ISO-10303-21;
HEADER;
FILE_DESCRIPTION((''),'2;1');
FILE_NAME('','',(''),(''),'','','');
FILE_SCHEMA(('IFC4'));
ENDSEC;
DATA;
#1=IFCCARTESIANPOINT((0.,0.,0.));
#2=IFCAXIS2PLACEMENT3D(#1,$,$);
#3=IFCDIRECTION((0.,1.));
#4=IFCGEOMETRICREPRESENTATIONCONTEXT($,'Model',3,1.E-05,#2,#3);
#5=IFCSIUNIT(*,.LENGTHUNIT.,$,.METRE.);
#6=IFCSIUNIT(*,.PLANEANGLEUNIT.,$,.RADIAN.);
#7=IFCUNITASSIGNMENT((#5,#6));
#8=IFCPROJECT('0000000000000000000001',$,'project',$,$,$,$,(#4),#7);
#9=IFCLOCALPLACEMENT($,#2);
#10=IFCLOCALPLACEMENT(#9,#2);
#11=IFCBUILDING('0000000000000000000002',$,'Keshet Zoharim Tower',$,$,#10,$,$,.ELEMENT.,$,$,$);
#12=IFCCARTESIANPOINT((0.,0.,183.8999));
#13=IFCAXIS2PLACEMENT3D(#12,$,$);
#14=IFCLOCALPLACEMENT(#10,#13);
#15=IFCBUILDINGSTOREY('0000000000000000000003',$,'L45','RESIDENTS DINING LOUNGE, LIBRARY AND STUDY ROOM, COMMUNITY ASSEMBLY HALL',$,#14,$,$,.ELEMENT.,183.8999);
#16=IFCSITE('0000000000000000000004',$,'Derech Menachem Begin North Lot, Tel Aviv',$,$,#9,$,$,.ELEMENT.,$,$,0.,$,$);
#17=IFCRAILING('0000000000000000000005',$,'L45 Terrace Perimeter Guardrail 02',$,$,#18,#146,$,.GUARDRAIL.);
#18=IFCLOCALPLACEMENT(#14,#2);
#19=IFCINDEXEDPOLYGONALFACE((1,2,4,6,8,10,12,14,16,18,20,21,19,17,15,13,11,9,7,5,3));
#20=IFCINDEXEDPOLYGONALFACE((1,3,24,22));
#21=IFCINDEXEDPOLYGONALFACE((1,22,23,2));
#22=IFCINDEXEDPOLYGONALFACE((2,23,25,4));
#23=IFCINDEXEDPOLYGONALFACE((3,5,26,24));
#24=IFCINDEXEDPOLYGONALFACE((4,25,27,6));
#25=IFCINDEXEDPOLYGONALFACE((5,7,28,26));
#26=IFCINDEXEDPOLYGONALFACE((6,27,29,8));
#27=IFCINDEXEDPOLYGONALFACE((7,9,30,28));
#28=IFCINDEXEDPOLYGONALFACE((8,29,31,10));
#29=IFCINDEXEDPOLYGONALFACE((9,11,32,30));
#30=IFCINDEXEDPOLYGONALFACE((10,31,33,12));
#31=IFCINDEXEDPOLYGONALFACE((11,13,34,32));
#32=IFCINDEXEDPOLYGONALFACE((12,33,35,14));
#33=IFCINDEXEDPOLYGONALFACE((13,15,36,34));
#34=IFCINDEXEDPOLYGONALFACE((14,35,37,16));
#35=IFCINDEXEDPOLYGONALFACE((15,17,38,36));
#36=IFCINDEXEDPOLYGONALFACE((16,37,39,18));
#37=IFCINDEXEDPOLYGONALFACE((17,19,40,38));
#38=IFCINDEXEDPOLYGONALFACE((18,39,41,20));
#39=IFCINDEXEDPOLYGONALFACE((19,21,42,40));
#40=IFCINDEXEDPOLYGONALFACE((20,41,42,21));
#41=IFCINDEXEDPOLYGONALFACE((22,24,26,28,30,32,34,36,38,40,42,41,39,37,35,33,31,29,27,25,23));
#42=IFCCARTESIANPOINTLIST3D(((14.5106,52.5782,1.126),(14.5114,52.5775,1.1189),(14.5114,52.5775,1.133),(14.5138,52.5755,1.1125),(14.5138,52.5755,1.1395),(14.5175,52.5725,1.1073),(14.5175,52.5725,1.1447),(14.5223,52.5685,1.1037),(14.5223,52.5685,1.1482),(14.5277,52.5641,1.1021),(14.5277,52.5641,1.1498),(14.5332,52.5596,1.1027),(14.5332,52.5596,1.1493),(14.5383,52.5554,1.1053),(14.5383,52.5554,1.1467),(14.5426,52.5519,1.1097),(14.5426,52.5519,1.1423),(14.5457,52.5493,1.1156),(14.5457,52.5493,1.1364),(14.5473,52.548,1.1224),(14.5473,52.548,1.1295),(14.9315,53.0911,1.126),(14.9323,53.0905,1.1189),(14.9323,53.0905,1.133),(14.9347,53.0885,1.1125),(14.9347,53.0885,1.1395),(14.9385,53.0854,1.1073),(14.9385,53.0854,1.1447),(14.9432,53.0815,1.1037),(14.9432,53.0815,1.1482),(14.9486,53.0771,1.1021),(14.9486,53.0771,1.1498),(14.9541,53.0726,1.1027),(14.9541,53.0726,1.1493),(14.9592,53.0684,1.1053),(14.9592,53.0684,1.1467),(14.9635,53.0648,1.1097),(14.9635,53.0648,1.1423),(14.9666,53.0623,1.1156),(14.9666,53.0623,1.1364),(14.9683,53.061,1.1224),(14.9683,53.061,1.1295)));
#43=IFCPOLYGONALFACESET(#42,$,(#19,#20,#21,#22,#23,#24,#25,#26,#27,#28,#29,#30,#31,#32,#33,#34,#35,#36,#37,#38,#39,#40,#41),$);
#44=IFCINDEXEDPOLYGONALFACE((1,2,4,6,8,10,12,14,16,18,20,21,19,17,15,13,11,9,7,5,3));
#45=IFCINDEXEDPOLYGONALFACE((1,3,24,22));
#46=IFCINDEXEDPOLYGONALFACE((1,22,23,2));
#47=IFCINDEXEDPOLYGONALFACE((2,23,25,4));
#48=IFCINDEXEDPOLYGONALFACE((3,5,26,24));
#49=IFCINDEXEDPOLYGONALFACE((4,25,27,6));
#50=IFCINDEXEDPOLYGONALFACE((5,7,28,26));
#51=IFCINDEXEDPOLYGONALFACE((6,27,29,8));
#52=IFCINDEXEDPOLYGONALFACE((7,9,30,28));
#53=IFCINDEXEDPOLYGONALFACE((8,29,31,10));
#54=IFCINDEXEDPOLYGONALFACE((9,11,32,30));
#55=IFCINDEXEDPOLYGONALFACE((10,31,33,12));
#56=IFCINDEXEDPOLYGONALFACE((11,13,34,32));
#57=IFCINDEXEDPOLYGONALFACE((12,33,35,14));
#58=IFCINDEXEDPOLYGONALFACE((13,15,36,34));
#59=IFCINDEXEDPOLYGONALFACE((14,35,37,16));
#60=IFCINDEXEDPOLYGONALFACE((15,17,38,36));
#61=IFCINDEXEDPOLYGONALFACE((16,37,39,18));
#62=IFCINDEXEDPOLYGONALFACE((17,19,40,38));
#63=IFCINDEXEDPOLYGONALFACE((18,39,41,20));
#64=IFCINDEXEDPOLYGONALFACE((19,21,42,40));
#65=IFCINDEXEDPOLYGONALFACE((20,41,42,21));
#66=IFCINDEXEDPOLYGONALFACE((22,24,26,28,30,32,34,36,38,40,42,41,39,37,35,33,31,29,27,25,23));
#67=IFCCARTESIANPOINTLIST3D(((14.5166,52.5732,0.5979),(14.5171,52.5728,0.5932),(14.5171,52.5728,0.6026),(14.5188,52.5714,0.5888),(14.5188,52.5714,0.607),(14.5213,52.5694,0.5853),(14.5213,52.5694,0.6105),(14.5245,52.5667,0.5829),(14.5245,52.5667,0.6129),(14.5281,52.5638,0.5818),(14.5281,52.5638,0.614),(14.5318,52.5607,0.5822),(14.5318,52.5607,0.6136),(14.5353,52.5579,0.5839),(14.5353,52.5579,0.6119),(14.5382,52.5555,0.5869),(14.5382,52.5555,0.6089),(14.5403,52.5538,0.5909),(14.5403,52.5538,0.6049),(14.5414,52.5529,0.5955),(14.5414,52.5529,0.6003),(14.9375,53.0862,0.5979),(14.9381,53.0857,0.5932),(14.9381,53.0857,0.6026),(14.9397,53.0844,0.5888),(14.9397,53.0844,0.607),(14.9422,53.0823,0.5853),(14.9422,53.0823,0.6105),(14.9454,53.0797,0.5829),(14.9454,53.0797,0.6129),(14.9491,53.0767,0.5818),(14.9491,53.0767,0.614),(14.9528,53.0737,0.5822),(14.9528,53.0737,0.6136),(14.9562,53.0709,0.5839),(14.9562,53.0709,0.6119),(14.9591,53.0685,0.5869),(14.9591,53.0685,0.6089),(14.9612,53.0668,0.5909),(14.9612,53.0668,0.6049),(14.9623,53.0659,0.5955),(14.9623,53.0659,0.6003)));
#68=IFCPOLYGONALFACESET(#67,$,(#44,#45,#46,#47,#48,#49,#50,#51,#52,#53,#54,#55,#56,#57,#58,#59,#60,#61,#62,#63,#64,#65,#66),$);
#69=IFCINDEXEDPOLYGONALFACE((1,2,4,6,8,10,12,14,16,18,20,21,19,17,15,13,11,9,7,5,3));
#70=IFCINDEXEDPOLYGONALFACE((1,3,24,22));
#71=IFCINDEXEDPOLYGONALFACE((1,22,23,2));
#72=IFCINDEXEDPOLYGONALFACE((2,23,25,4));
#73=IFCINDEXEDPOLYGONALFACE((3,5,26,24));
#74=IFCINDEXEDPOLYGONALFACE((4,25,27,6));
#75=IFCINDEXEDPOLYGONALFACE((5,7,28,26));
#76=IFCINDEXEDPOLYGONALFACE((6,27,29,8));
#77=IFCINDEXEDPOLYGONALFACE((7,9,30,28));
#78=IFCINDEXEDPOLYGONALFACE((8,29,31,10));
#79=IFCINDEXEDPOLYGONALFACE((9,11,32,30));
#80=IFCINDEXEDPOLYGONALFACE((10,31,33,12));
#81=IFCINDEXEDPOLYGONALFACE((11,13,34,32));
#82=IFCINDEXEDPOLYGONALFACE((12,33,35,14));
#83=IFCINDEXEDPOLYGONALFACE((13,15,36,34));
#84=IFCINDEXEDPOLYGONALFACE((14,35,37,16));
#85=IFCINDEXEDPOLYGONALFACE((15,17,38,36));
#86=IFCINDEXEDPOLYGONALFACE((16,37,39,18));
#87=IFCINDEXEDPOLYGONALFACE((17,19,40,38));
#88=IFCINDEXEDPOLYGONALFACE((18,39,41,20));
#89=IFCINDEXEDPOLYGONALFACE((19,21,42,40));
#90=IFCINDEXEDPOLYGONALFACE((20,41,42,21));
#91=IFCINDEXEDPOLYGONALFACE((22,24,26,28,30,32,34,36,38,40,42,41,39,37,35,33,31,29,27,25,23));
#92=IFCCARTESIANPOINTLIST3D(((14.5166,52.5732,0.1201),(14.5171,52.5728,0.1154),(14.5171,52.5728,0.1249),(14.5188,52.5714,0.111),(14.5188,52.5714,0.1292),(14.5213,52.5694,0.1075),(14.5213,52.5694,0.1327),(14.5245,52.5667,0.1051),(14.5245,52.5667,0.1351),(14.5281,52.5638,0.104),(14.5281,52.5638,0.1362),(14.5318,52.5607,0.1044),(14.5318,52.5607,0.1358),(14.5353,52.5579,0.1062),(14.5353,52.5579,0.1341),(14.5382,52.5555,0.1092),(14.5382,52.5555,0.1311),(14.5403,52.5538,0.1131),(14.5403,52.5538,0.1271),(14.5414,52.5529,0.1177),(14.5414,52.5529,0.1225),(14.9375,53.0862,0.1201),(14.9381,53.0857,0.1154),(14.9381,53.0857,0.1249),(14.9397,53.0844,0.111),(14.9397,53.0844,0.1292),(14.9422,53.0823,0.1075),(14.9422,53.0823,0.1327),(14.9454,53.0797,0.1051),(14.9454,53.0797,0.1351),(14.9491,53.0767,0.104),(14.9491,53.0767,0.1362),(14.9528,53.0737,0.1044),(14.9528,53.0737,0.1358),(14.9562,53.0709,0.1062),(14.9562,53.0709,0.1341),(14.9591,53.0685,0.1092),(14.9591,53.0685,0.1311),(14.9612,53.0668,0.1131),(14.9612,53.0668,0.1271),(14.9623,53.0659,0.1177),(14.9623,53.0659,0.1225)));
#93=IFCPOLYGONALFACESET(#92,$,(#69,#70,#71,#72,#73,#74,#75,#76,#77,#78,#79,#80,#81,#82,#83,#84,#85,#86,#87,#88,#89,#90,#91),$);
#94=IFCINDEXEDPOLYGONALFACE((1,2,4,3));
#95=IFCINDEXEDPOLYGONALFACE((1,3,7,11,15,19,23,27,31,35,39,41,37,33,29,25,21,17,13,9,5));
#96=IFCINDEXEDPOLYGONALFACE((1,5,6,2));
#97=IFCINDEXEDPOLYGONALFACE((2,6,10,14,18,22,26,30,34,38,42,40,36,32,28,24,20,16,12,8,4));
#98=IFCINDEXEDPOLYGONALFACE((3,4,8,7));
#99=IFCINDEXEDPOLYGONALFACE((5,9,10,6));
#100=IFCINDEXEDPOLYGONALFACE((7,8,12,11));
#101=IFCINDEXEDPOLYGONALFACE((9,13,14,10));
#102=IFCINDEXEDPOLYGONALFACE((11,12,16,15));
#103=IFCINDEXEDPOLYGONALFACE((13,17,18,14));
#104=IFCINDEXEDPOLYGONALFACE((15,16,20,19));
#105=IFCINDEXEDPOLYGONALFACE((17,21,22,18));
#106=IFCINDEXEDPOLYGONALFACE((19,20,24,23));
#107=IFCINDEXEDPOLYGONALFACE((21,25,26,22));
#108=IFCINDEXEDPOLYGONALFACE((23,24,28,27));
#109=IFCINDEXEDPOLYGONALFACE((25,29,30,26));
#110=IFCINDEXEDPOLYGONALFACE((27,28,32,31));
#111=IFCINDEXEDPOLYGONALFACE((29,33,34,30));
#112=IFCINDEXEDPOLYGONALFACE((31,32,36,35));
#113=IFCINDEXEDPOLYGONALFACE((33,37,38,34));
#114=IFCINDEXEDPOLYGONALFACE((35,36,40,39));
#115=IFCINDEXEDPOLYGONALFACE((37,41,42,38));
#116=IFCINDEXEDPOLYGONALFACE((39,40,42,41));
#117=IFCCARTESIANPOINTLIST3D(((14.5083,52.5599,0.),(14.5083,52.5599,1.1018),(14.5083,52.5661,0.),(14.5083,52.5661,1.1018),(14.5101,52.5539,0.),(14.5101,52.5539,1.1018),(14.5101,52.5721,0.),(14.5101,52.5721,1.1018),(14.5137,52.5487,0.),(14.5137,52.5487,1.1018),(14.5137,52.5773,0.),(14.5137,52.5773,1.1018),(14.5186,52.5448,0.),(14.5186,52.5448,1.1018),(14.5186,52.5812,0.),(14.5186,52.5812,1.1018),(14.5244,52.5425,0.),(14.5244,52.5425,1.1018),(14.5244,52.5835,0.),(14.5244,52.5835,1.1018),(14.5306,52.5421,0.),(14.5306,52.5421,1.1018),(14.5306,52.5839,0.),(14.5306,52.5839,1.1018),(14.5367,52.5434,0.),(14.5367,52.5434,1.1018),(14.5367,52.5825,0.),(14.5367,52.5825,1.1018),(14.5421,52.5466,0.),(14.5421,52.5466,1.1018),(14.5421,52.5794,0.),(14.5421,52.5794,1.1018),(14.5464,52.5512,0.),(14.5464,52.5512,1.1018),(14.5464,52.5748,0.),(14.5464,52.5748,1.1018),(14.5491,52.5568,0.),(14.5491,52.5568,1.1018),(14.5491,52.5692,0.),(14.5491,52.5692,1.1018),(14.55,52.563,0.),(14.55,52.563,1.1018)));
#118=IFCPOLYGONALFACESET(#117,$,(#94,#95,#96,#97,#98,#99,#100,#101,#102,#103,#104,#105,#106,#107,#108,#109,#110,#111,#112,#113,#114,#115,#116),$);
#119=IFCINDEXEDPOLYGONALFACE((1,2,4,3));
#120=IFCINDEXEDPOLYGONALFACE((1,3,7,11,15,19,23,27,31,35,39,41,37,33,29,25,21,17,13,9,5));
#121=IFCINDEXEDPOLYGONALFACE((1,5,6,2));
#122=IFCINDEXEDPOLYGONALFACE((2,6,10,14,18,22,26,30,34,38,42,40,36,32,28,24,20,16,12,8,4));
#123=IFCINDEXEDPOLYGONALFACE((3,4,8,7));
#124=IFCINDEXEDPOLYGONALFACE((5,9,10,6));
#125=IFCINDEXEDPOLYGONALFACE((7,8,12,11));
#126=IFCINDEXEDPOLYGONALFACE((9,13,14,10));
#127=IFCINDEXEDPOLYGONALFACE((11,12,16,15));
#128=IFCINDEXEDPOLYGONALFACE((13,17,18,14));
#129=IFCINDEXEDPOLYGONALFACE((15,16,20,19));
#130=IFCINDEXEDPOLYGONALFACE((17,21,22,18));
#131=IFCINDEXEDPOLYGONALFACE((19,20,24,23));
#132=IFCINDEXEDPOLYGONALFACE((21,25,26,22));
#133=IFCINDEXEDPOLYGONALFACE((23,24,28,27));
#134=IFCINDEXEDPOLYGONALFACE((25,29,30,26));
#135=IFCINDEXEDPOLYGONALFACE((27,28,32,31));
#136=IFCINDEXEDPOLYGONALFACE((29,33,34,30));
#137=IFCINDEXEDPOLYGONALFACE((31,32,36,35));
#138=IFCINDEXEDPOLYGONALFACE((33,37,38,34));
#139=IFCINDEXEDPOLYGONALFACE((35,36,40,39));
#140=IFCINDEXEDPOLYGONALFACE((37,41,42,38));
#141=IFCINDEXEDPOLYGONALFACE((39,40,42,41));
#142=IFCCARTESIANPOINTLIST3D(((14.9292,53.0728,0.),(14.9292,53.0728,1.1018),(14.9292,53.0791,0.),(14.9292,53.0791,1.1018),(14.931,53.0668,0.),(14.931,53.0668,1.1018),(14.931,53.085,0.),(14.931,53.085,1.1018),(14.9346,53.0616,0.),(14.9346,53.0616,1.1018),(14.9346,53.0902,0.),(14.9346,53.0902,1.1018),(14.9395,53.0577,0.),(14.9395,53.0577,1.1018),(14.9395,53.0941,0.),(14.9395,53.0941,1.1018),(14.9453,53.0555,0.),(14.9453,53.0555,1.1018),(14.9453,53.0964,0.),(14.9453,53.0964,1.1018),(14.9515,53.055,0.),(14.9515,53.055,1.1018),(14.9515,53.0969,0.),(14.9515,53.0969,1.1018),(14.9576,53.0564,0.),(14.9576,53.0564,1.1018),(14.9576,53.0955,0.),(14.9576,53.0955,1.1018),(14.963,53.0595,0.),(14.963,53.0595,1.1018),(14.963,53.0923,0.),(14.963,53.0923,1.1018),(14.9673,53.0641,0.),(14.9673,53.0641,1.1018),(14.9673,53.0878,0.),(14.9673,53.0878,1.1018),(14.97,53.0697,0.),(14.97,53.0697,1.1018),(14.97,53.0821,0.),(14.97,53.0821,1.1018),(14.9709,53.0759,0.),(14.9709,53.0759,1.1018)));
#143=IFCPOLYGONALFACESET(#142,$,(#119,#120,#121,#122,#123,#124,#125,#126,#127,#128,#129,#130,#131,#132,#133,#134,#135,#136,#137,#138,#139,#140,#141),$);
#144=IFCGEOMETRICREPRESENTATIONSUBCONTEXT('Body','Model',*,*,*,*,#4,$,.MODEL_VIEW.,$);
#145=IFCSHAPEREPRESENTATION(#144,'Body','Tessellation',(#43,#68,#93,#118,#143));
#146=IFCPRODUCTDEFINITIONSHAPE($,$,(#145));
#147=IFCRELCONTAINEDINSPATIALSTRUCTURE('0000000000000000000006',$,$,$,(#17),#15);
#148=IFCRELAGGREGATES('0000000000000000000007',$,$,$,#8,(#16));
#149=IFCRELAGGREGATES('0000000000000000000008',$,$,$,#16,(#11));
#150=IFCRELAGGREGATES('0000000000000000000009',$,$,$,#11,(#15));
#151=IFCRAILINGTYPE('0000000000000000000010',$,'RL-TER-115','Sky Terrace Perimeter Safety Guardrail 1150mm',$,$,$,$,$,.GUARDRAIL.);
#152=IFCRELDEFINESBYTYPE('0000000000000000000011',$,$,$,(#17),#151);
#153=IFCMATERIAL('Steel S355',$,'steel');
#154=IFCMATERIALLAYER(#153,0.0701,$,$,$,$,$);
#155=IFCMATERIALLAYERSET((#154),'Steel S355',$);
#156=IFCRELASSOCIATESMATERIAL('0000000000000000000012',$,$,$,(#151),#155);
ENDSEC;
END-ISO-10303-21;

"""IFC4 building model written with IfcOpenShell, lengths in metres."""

from ifc_helpers import new_model, si_unit, direction, frame, origin, origin_2d, place, context, subcontext, project, spatial, circle, extrude, material, layer, layer_set, type_object, element, save


model = new_model("IFC4")

# Units and contexts
model_context = context("Model", 3, precision=1e-05, world=origin(), true_north=direction((0.0, 1.0)))
body_context = subcontext(model_context, "Body", "Model", "MODEL_VIEW")
ifc_project = project(units=[si_unit("LENGTHUNIT", "METRE"), si_unit("PLANEANGLEUNIT", "RADIAN")], contexts=[model_context])

# Site, building, storey
site_placement = place(None, origin())
site = spatial("IfcSite", under=ifc_project, at=site_placement, Name="Derech Menachem Begin North Lot, Tel Aviv", CompositionType="ELEMENT", RefElevation=0.0)
building_placement = place(site_placement, origin())
building = spatial("IfcBuilding", under=site, at=building_placement, Name="Keshet Zoharim Tower", CompositionType="ELEMENT")
storey_placement = place(building_placement, frame((0.0, 0.0, 183.8999)))
storey = spatial("IfcBuildingStorey", under=building, at=storey_placement, Name="L45", Description="RESIDENTS DINING LOUNGE, LIBRARY AND STUDY ROOM, COMMUNITY ASSEMBLY HALL", CompositionType="ELEMENT", Elevation=183.8999)

# Shared definitions
ifc_material_1 = material(Name="Steel S355", Category="steel")

# Railing
ifc_layer_1 = layer(ifc_material_1, 0.0701)
ifc_layer_set_1 = layer_set([ifc_layer_1], Name="Steel S355")
railing_type_1 = type_object("IfcRailingType", Name="RL-TER-115", Description="Sky Terrace Perimeter Safety Guardrail 1150mm", PredefinedType="GUARDRAIL", material=ifc_layer_set_1)
railing_1_placement = place(storey_placement, frame((14.5291, 52.563, 0.0)))
element("IfcRailing", 1, at=railing_1_placement, inside=storey, type_object=railing_type_1, Name="L45 Terrace Perimeter Guardrail 02", PredefinedType="GUARDRAIL", context=body_context, shape_type="SweptSolid", body=[
    extrude(circle(Radius=0.0239, at=origin_2d()), frame((0.0, 0.0, 1.126), z_axis=(0.634339, 0.773055, 0.0), x_axis=(-0.773055, 0.634339, 0.0)), (0.0, 0.0, 1.0), 0.6636),
    extrude(circle(Radius=0.0161, at=origin_2d()), frame((0.0, 0.0, 0.5979), z_axis=(0.634339, 0.773055, 0.0), x_axis=(-0.773055, 0.634339, 0.0)), (0.0, 0.0, 1.0), 0.6636),
    extrude(circle(Radius=0.0161, at=origin_2d()), frame((0.0, 0.0, 0.1201), z_axis=(0.634339, 0.773055, 0.0), x_axis=(-0.773055, 0.634339, 0.0)), (0.0, 0.0, 1.0), 0.6636),
    extrude(circle(Radius=0.021, at=origin_2d()), origin(), (0.0, 0.0, 1.0), 1.1018),
    extrude(circle(Radius=0.021, at=origin_2d()), frame((0.4209, 0.5129, 0.0)), (0.0, 0.0, 1.0), 1.1018),
])

save(model, "model.ifc")
